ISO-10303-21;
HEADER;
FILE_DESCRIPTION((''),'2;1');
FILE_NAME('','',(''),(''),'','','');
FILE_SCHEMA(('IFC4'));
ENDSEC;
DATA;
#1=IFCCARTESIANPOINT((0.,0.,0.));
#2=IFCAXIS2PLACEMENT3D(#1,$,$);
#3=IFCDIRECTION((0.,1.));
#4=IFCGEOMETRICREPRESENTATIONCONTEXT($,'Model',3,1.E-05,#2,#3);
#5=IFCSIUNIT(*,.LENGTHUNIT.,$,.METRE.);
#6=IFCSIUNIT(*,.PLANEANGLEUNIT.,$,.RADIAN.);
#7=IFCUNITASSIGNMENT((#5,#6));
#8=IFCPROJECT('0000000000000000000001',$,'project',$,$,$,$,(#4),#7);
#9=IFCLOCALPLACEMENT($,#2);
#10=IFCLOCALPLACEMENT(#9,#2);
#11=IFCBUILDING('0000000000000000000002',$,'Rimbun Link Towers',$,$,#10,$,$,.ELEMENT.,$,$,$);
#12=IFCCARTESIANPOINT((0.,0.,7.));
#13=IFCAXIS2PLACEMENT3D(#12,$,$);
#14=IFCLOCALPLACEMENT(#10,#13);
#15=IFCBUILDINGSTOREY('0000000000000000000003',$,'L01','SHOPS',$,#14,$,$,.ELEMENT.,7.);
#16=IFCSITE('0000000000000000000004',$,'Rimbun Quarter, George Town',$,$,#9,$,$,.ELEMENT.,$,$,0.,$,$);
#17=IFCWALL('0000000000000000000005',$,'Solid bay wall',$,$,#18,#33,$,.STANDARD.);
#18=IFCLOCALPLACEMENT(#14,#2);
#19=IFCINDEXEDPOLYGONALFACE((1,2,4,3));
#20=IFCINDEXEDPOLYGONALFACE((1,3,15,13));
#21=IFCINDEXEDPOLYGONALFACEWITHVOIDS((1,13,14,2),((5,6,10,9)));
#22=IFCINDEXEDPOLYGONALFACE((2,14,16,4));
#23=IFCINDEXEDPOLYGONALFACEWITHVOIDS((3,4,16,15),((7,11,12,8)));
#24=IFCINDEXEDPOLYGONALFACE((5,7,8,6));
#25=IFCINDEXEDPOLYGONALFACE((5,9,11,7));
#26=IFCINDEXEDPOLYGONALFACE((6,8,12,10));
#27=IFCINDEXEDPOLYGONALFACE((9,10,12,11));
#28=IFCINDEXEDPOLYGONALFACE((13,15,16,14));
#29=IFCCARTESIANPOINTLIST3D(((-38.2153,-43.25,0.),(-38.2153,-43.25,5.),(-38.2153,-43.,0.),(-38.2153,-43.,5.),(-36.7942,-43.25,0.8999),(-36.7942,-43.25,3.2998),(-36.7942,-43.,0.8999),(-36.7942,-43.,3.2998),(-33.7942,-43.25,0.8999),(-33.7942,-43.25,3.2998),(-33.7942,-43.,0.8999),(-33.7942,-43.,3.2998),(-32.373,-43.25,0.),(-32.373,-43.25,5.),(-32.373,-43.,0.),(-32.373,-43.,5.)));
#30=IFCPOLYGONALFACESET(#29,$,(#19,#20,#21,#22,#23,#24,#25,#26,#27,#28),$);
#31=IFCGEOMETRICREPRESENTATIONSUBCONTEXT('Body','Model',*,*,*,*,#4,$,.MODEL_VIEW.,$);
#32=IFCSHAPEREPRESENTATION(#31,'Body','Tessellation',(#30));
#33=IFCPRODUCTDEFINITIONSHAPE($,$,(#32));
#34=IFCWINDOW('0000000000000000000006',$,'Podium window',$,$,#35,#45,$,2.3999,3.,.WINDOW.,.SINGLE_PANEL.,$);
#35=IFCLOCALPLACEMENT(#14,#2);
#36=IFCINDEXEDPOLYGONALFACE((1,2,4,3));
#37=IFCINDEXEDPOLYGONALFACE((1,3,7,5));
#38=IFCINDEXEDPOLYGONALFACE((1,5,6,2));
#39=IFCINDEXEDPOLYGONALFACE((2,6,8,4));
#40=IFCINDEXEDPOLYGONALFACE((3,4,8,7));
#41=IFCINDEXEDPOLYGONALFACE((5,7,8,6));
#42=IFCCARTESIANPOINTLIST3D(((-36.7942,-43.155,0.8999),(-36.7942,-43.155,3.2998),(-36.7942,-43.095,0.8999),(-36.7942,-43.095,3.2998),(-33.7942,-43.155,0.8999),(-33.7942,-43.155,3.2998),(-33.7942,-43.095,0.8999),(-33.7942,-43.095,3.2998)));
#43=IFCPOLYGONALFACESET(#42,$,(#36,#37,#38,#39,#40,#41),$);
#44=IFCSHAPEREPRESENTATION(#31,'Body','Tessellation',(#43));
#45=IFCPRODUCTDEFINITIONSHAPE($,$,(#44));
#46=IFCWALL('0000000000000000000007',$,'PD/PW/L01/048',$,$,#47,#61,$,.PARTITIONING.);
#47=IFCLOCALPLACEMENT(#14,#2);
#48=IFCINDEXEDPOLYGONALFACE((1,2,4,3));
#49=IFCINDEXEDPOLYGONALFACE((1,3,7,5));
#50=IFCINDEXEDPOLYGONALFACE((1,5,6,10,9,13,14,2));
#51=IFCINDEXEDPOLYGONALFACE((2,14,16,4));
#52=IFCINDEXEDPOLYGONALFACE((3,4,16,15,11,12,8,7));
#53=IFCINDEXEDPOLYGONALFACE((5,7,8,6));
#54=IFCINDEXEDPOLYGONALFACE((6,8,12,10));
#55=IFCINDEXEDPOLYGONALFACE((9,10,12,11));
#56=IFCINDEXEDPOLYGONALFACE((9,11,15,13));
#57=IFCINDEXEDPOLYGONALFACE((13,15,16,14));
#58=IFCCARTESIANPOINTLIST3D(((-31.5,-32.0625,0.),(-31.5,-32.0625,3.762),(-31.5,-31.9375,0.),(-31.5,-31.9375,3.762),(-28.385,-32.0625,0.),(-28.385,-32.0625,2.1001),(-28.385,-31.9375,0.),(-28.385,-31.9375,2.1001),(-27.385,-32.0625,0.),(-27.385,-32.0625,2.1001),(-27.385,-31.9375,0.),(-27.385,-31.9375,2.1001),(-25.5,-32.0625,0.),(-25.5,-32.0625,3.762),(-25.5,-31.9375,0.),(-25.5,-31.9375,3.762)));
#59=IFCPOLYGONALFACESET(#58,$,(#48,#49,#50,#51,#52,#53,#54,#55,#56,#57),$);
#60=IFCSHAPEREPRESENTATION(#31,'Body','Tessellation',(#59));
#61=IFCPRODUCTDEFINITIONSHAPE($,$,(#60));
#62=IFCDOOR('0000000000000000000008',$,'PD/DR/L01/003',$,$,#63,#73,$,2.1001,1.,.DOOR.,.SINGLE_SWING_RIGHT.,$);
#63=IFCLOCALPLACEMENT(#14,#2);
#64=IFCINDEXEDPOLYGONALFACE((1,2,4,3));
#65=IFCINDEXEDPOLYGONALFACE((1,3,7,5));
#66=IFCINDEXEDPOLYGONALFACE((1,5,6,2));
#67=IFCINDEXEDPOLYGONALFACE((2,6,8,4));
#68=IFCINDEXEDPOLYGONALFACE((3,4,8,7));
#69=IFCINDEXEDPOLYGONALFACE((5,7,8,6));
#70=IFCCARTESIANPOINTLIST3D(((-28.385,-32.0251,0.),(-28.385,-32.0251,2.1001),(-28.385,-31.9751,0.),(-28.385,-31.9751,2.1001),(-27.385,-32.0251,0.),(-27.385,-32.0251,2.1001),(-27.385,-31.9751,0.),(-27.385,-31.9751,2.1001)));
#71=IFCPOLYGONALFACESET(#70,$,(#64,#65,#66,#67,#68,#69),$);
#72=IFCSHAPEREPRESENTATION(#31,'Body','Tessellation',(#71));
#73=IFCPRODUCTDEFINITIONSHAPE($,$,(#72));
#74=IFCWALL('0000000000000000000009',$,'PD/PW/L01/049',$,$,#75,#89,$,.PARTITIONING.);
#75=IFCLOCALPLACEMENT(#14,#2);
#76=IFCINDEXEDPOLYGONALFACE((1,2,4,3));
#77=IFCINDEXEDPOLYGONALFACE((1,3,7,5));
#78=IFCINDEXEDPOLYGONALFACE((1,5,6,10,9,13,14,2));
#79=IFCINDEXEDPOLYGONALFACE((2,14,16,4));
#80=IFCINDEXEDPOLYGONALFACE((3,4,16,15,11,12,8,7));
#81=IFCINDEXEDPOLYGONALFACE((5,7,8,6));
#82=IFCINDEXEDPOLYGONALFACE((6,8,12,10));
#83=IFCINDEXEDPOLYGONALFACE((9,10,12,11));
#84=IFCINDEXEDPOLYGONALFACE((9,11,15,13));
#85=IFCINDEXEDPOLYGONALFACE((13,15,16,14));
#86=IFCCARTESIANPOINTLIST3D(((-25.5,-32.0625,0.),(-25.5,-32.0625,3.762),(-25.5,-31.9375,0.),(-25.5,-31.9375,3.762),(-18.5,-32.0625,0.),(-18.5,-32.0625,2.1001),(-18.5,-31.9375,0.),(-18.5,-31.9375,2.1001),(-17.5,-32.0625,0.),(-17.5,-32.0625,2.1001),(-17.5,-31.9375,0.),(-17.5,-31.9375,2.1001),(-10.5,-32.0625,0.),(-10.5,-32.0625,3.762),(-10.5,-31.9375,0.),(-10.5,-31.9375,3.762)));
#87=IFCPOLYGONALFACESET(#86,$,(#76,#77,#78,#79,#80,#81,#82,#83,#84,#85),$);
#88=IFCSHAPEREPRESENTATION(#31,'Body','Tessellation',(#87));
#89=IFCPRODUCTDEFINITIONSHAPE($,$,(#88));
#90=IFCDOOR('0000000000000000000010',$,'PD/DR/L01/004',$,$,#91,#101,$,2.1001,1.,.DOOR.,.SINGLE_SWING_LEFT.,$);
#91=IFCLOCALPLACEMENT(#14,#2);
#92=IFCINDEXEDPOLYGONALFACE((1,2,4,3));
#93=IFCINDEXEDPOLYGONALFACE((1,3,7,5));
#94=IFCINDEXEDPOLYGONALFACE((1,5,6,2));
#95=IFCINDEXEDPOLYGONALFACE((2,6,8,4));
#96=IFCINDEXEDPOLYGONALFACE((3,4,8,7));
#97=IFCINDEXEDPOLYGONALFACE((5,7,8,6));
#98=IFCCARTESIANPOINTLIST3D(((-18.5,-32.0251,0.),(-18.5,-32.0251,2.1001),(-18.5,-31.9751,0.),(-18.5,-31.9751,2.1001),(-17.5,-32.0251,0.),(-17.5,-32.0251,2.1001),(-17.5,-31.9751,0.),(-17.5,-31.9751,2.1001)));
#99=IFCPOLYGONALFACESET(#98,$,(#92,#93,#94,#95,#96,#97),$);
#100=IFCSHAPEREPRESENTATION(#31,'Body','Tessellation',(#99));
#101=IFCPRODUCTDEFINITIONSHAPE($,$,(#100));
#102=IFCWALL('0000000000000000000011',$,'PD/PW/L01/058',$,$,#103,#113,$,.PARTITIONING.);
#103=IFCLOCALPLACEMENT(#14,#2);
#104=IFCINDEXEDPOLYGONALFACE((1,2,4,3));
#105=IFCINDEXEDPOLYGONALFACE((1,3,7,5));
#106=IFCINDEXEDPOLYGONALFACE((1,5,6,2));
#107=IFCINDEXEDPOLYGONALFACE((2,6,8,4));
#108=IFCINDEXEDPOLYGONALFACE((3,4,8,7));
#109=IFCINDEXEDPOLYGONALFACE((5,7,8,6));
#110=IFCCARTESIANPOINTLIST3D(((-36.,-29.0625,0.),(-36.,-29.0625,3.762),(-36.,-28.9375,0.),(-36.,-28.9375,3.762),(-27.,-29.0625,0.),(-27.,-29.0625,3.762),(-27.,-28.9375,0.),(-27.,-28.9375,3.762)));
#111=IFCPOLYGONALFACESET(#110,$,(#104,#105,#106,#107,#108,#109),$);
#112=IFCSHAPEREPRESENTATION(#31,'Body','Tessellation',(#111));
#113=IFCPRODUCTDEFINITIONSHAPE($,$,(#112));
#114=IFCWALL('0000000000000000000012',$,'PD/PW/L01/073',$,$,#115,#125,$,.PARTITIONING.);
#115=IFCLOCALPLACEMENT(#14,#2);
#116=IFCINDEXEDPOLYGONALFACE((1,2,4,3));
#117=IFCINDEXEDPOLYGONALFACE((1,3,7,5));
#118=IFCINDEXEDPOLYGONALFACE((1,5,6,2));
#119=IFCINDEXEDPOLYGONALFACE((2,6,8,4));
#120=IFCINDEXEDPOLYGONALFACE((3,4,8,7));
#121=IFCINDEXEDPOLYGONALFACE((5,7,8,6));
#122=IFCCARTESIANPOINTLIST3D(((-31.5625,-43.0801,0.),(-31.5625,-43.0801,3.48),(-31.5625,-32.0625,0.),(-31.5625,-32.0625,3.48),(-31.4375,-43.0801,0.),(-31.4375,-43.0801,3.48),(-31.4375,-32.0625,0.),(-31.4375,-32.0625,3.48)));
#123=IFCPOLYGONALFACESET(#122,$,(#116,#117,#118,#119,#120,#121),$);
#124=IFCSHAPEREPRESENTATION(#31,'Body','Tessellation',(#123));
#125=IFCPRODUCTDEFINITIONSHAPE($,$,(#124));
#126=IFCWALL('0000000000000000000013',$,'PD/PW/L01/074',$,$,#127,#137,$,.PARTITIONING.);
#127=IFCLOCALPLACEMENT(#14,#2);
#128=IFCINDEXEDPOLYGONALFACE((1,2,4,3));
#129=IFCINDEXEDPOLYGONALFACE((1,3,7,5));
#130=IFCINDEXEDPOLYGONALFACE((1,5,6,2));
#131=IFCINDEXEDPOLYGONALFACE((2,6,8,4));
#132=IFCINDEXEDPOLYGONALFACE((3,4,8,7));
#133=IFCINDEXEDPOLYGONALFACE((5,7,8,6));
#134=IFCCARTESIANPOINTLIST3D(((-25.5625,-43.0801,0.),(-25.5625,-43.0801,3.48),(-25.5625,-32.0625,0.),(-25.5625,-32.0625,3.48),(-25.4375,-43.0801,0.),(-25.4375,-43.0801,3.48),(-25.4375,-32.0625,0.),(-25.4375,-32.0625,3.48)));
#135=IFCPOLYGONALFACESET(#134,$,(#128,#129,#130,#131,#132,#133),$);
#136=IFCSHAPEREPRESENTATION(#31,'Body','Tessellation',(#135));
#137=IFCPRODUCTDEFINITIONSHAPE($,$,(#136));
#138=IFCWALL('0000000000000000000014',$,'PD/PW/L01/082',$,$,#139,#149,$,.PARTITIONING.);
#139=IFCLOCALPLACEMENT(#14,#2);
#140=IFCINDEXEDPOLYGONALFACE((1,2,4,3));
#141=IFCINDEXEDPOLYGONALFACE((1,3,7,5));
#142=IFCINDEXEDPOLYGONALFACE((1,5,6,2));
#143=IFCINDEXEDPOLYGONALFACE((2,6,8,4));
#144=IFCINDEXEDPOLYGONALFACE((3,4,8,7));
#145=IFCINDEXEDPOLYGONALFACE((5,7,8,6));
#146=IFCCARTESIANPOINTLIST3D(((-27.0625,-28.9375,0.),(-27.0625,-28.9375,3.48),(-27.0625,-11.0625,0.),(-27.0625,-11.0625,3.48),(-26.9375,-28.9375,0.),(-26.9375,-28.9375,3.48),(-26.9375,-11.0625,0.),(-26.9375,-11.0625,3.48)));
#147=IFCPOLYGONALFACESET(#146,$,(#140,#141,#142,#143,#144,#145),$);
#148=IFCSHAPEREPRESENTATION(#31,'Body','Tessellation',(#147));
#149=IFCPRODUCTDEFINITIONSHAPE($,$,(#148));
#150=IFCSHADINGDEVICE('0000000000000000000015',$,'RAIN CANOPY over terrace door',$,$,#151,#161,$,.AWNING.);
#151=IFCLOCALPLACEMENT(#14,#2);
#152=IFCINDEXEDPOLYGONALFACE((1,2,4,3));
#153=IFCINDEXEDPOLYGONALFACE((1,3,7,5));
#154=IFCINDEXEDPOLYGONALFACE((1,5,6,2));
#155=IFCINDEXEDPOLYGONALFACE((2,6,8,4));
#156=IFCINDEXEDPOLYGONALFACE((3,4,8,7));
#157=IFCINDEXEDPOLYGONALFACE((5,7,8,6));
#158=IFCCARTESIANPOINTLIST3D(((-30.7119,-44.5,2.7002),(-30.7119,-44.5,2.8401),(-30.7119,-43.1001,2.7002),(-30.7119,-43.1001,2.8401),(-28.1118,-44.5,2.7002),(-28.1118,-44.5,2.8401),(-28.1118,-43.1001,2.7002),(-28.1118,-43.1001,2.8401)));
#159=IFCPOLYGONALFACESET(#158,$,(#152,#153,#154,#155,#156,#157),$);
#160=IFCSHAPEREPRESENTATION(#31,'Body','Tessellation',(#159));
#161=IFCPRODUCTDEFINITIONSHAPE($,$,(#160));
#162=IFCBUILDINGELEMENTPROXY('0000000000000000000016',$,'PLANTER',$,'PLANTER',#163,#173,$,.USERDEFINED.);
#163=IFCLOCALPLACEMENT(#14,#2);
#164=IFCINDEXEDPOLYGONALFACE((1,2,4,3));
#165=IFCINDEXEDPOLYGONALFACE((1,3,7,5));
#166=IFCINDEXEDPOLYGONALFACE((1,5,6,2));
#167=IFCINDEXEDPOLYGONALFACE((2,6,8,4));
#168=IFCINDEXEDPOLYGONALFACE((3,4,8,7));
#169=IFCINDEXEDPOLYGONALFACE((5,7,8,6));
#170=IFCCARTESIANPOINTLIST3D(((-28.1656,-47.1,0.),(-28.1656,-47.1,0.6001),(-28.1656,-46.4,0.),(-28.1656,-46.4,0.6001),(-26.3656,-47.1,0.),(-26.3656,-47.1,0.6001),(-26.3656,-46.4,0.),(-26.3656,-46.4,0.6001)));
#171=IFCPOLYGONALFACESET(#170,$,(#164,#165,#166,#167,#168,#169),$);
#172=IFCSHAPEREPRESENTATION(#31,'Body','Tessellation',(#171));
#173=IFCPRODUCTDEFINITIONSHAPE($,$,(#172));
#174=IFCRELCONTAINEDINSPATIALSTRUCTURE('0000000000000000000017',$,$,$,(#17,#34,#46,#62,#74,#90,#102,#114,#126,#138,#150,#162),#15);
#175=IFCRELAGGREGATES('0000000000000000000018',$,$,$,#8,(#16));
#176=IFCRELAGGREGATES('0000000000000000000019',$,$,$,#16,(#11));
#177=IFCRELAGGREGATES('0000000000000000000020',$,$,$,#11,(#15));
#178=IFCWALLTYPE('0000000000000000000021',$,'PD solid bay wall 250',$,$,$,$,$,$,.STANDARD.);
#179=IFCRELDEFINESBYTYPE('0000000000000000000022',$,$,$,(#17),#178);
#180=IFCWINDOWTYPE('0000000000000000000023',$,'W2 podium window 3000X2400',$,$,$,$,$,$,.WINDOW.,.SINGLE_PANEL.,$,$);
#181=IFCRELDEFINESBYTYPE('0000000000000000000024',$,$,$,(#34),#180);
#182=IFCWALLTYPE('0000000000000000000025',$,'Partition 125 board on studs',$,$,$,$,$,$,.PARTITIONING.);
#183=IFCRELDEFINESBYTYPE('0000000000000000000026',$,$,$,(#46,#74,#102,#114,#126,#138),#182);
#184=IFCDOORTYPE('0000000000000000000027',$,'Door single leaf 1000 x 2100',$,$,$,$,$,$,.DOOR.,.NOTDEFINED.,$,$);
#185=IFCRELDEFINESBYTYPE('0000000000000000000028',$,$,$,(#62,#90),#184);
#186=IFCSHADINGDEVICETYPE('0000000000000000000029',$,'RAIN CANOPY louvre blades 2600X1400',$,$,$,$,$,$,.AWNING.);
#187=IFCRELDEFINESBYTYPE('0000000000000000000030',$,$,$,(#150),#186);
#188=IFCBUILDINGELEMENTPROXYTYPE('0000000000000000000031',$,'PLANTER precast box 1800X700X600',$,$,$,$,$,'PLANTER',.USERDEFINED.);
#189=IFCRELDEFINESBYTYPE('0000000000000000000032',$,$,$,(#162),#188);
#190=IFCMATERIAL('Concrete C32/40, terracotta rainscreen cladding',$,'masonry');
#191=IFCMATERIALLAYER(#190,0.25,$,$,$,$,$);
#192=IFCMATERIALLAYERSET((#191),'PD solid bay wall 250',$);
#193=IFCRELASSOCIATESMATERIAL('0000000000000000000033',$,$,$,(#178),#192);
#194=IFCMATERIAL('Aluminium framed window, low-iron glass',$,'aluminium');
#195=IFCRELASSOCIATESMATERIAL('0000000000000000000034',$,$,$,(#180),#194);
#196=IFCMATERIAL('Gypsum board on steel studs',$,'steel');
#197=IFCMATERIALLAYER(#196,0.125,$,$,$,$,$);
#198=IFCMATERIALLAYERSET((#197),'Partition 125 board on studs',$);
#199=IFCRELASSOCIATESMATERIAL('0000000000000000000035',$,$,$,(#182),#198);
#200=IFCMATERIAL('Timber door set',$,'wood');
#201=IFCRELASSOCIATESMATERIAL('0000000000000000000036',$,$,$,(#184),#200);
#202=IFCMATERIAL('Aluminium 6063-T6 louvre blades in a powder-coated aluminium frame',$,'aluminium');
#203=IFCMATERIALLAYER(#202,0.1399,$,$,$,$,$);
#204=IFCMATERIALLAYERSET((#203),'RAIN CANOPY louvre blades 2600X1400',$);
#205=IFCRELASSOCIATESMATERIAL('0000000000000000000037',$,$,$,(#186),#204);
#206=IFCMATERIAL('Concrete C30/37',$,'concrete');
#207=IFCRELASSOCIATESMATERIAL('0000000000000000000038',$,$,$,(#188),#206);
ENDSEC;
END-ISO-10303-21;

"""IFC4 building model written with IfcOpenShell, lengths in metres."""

from ifc_helpers import new_model, si_unit, direction, frame, frame_2d, origin, origin_2d, place, context, subcontext, project, spatial, rectangle, extrude, material, layer, layer_set, type_object, element, fill, save


model = new_model("IFC4")

# Units and contexts
model_context = context("Model", 3, precision=1e-05, world=origin(), true_north=direction((0.0, 1.0)))
body_context = subcontext(model_context, "Body", "Model", "MODEL_VIEW")
ifc_project = project(units=[si_unit("LENGTHUNIT", "METRE"), si_unit("PLANEANGLEUNIT", "RADIAN")], contexts=[model_context])

# Site, building, storey
site_placement = place(None, origin())
site = spatial("IfcSite", under=ifc_project, at=site_placement, Name="Rimbun Quarter, George Town", CompositionType="ELEMENT", RefElevation=0.0)
building_placement = place(site_placement, origin())
building = spatial("IfcBuilding", under=site, at=building_placement, Name="Rimbun Link Towers", CompositionType="ELEMENT")
storey_placement = place(building_placement, frame((0.0, 0.0, 7.0)))
storey = spatial("IfcBuildingStorey", under=building, at=storey_placement, Name="L01", Description="SHOPS", CompositionType="ELEMENT", Elevation=7.0)

# Wall, opening, window
ifc_material_1 = material(Name="Concrete C32/40, terracotta rainscreen cladding", Category="masonry")
ifc_layer_1 = layer(ifc_material_1, 0.25)
ifc_layer_set_1 = layer_set([ifc_layer_1], Name="PD solid bay wall 250")
wall_type_1 = type_object("IfcWallType", Name="PD solid bay wall 250", PredefinedType="STANDARD", material=ifc_layer_set_1)
wall_1_placement = place(storey_placement, frame((-32.373, -43.125, 0.0), z_axis=(0.0, 0.0, 1.0), x_axis=(-1.0, 0.0, 0.0)))
wall_1 = element("IfcWall", 1, at=wall_1_placement, inside=storey, type_object=wall_type_1, Name="Solid bay wall", PredefinedType="STANDARD", context=body_context, shape_type="SweptSolid", body=[
    extrude(rectangle(XDim=5.8423, YDim=0.25, at=frame_2d((2.9211, 0.0))), origin(), (0.0, 0.0, 1.0), 5.0),
])
opening_1_placement = place(wall_1_placement, frame((1.4211, 0.0, 0.8999)))
opening_1 = element("IfcOpeningElement", 2, at=opening_1_placement, cuts=wall_1, PredefinedType="OPENING", context=body_context, shape_type="SweptSolid", body=[
    extrude(rectangle(XDim=3.0, YDim=2.3999, at=frame_2d((1.5, 1.2))), frame((0.0, 0.135, 0.0), z_axis=(0.0, -1.0, 0.0), x_axis=(1.0, 0.0, 0.0)), (0.0, 0.0, 1.0), 0.27),
])
ifc_material_2 = material(Name="Aluminium framed window, low-iron glass", Category="aluminium")
window_type = type_object("IfcWindowType", Name="W2 podium window 3000X2400", PartitioningType="SINGLE_PANEL", PredefinedType="WINDOW", material=ifc_material_2)
window_placement = place(opening_1_placement, origin())
window = element("IfcWindow", 3, at=window_placement, inside=storey, type_object=window_type, Name="Podium window", OverallHeight=2.3999, OverallWidth=3.0, PartitioningType="SINGLE_PANEL", PredefinedType="WINDOW", context=body_context, shape_type="SweptSolid", body=[
    extrude(rectangle(XDim=3.0, YDim=2.3999, at=frame_2d((1.5, 1.2))), frame((0.0, 0.03, 0.0), z_axis=(0.0, -1.0, 0.0), x_axis=(1.0, 0.0, 0.0)), (0.0, 0.0, 1.0), 0.0601),
])
fill(opening_1, window)

# Walls, openings, doors
ifc_material_3 = material(Name="Gypsum board on steel studs", Category="steel")
ifc_layer_2 = layer(ifc_material_3, 0.125)
ifc_layer_set_2 = layer_set([ifc_layer_2], Name="Partition 125 board on studs")
wall_type_2 = type_object("IfcWallType", Name="Partition 125 board on studs", PredefinedType="PARTITIONING", material=ifc_layer_set_2)
wall_2_placement = place(storey_placement, frame((-31.5, -32.0, 0.0), z_axis=(0.0, 0.0, 1.0), x_axis=(1.0, 0.0, 0.0)))
wall_2 = element("IfcWall", 4, at=wall_2_placement, inside=storey, type_object=wall_type_2, Name="PD/PW/L01/048", PredefinedType="PARTITIONING", context=body_context, shape_type="SweptSolid", body=[
    extrude(rectangle(XDim=6.0, YDim=0.125, at=frame_2d((3.0, 0.0))), origin(), (0.0, 0.0, 1.0), 3.762),
])
opening_2_placement = place(wall_2_placement, frame((3.115, 0.0, 0.0)))
opening_2 = element("IfcOpeningElement", 5, at=opening_2_placement, cuts=wall_2, PredefinedType="OPENING", context=body_context, shape_type="SweptSolid", body=[
    extrude(rectangle(XDim=1.0, YDim=2.1001, at=frame_2d((0.5, 1.05))), frame((0.0, 0.0725, 0.0), z_axis=(0.0, -1.0, 0.0), x_axis=(1.0, 0.0, 0.0)), (0.0, 0.0, 1.0), 0.145),
])
ifc_material_4 = material(Name="Timber door set", Category="wood")
door_type_1 = type_object("IfcDoorType", Name="Door single leaf 1000 x 2100", OperationType="NOTDEFINED", PredefinedType="DOOR", material=ifc_material_4)
door_1_placement = place(opening_2_placement, origin())
door_1 = element("IfcDoor", 6, at=door_1_placement, inside=storey, type_object=door_type_1, Name="PD/DR/L01/003", OperationType="SINGLE_SWING_RIGHT", OverallHeight=2.1001, OverallWidth=1.0, PredefinedType="DOOR", context=body_context, shape_type="SweptSolid", body=[
    extrude(rectangle(XDim=1.0, YDim=2.1001, at=frame_2d((0.5, 1.05))), frame((0.0, 0.0249, 0.0), z_axis=(0.0, -1.0, 0.0), x_axis=(1.0, 0.0, 0.0)), (0.0, 0.0, 1.0), 0.05),
])
fill(opening_2, door_1)
wall_3_placement = place(storey_placement, frame((-25.5, -32.0, 0.0), z_axis=(0.0, 0.0, 1.0), x_axis=(1.0, 0.0, 0.0)))
wall_3 = element("IfcWall", 7, at=wall_3_placement, inside=storey, type_object=wall_type_2, Name="PD/PW/L01/049", PredefinedType="PARTITIONING", context=body_context, shape_type="SweptSolid", body=[
    extrude(rectangle(XDim=15.0, YDim=0.125, at=frame_2d((7.5, 0.0))), origin(), (0.0, 0.0, 1.0), 3.762),
])
opening_3_placement = place(wall_3_placement, frame((7.0, 0.0, 0.0)))
opening_3 = element("IfcOpeningElement", 8, at=opening_3_placement, cuts=wall_3, PredefinedType="OPENING", context=body_context, shape_type="SweptSolid", body=[
    extrude(rectangle(XDim=1.0, YDim=2.1001, at=frame_2d((0.5, 1.05))), frame((0.0, 0.0725, 0.0), z_axis=(0.0, -1.0, 0.0), x_axis=(1.0, 0.0, 0.0)), (0.0, 0.0, 1.0), 0.145),
])
door_2_placement = place(opening_3_placement, origin())
door_2 = element("IfcDoor", 9, at=door_2_placement, inside=storey, type_object=door_type_1, Name="PD/DR/L01/004", OperationType="SINGLE_SWING_LEFT", OverallHeight=2.1001, OverallWidth=1.0, PredefinedType="DOOR", context=body_context, shape_type="SweptSolid", body=[
    extrude(rectangle(XDim=1.0, YDim=2.1001, at=frame_2d((0.5, 1.05))), frame((0.0, 0.0249, 0.0), z_axis=(0.0, -1.0, 0.0), x_axis=(1.0, 0.0, 0.0)), (0.0, 0.0, 1.0), 0.05),
])
fill(opening_3, door_2)

# Walls
wall_4_placement = place(storey_placement, frame((-27.0, -29.0, 0.0), z_axis=(0.0, 0.0, 1.0), x_axis=(-1.0, 0.0, 0.0)))
element("IfcWall", 10, at=wall_4_placement, inside=storey, type_object=wall_type_2, Name="PD/PW/L01/058", PredefinedType="PARTITIONING", context=body_context, shape_type="SweptSolid", body=[
    extrude(rectangle(XDim=9.0, YDim=0.125, at=frame_2d((4.5, 0.0))), origin(), (0.0, 0.0, 1.0), 3.762),
])
for number, where, z_axis, x_axis, name in (
    (11, (-31.5, -43.0801, 0.0), (0.0, 0.0, 1.0), (0.0, 1.0, 0.0), "PD/PW/L01/073"),
    (12, (-25.5, -43.0801, 0.0), (0.0, 0.0, 1.0), (0.0, 1.0, 0.0), "PD/PW/L01/074"),
):
    element("IfcWall", number, at=place(storey_placement, frame(where, z_axis=z_axis, x_axis=x_axis)), inside=storey, type_object=wall_type_2, Name=name, PredefinedType="PARTITIONING", context=body_context, shape_type="SweptSolid", body=[
        extrude(rectangle(XDim=11.0176, YDim=0.125, at=frame_2d((5.5088, 0.0))), origin(), (0.0, 0.0, 1.0), 3.48),
    ])
wall_5_placement = place(storey_placement, frame((-27.0, -28.9375, 0.0), z_axis=(0.0, 0.0, 1.0), x_axis=(0.0, 1.0, 0.0)))
element("IfcWall", 13, at=wall_5_placement, inside=storey, type_object=wall_type_2, Name="PD/PW/L01/082", PredefinedType="PARTITIONING", context=body_context, shape_type="SweptSolid", body=[
    extrude(rectangle(XDim=17.875, YDim=0.125, at=frame_2d((8.9375, 0.0))), origin(), (0.0, 0.0, 1.0), 3.48),
])

# Shading device
ifc_material_5 = material(Name="Aluminium 6063-T6 louvre blades in a powder-coated aluminium frame", Category="aluminium")
ifc_layer_3 = layer(ifc_material_5, 0.1399)
ifc_layer_set_3 = layer_set([ifc_layer_3], Name="RAIN CANOPY louvre blades 2600X1400")
shading_device_type = type_object("IfcShadingDeviceType", Name="RAIN CANOPY louvre blades 2600X1400", PredefinedType="AWNING", material=ifc_layer_set_3)
shading_device_placement = place(storey_placement, frame((-29.4119, -43.8, 2.7002), z_axis=(0.0, 0.0, 1.0), x_axis=(-1.0, 0.0, 0.0)))
element("IfcShadingDevice", 14, at=shading_device_placement, inside=storey, type_object=shading_device_type, Name="RAIN CANOPY over terrace door", PredefinedType="AWNING", context=body_context, shape_type="SweptSolid", body=[
    extrude(rectangle(XDim=2.6001, YDim=1.3999, at=origin_2d()), origin(), (0.0, 0.0, 1.0), 0.1399),
])

# Building element proxy
ifc_material_6 = material(Name="Concrete C30/37", Category="concrete")
building_element_proxy_type = type_object("IfcBuildingElementProxyType", Name="PLANTER precast box 1800X700X600", ElementType="PLANTER", PredefinedType="USERDEFINED", material=ifc_material_6)
for number, where, z_axis, x_axis, name in (
    (15, (-27.2656, -46.75, 0.0), (0.0, 0.0, 1.0), (1.0, 0.0, 0.0), "PLANTER"),
):
    element("IfcBuildingElementProxy", number, at=place(storey_placement, frame(where, z_axis=z_axis, x_axis=x_axis)), inside=storey, type_object=building_element_proxy_type, Name=name, ObjectType="PLANTER", PredefinedType="USERDEFINED", context=body_context, shape_type="SweptSolid", body=[
        extrude(rectangle(XDim=1.8, YDim=0.7, at=origin_2d()), origin(), (0.0, 0.0, 1.0), 0.6001),
    ])

save(model, "model.ifc")
